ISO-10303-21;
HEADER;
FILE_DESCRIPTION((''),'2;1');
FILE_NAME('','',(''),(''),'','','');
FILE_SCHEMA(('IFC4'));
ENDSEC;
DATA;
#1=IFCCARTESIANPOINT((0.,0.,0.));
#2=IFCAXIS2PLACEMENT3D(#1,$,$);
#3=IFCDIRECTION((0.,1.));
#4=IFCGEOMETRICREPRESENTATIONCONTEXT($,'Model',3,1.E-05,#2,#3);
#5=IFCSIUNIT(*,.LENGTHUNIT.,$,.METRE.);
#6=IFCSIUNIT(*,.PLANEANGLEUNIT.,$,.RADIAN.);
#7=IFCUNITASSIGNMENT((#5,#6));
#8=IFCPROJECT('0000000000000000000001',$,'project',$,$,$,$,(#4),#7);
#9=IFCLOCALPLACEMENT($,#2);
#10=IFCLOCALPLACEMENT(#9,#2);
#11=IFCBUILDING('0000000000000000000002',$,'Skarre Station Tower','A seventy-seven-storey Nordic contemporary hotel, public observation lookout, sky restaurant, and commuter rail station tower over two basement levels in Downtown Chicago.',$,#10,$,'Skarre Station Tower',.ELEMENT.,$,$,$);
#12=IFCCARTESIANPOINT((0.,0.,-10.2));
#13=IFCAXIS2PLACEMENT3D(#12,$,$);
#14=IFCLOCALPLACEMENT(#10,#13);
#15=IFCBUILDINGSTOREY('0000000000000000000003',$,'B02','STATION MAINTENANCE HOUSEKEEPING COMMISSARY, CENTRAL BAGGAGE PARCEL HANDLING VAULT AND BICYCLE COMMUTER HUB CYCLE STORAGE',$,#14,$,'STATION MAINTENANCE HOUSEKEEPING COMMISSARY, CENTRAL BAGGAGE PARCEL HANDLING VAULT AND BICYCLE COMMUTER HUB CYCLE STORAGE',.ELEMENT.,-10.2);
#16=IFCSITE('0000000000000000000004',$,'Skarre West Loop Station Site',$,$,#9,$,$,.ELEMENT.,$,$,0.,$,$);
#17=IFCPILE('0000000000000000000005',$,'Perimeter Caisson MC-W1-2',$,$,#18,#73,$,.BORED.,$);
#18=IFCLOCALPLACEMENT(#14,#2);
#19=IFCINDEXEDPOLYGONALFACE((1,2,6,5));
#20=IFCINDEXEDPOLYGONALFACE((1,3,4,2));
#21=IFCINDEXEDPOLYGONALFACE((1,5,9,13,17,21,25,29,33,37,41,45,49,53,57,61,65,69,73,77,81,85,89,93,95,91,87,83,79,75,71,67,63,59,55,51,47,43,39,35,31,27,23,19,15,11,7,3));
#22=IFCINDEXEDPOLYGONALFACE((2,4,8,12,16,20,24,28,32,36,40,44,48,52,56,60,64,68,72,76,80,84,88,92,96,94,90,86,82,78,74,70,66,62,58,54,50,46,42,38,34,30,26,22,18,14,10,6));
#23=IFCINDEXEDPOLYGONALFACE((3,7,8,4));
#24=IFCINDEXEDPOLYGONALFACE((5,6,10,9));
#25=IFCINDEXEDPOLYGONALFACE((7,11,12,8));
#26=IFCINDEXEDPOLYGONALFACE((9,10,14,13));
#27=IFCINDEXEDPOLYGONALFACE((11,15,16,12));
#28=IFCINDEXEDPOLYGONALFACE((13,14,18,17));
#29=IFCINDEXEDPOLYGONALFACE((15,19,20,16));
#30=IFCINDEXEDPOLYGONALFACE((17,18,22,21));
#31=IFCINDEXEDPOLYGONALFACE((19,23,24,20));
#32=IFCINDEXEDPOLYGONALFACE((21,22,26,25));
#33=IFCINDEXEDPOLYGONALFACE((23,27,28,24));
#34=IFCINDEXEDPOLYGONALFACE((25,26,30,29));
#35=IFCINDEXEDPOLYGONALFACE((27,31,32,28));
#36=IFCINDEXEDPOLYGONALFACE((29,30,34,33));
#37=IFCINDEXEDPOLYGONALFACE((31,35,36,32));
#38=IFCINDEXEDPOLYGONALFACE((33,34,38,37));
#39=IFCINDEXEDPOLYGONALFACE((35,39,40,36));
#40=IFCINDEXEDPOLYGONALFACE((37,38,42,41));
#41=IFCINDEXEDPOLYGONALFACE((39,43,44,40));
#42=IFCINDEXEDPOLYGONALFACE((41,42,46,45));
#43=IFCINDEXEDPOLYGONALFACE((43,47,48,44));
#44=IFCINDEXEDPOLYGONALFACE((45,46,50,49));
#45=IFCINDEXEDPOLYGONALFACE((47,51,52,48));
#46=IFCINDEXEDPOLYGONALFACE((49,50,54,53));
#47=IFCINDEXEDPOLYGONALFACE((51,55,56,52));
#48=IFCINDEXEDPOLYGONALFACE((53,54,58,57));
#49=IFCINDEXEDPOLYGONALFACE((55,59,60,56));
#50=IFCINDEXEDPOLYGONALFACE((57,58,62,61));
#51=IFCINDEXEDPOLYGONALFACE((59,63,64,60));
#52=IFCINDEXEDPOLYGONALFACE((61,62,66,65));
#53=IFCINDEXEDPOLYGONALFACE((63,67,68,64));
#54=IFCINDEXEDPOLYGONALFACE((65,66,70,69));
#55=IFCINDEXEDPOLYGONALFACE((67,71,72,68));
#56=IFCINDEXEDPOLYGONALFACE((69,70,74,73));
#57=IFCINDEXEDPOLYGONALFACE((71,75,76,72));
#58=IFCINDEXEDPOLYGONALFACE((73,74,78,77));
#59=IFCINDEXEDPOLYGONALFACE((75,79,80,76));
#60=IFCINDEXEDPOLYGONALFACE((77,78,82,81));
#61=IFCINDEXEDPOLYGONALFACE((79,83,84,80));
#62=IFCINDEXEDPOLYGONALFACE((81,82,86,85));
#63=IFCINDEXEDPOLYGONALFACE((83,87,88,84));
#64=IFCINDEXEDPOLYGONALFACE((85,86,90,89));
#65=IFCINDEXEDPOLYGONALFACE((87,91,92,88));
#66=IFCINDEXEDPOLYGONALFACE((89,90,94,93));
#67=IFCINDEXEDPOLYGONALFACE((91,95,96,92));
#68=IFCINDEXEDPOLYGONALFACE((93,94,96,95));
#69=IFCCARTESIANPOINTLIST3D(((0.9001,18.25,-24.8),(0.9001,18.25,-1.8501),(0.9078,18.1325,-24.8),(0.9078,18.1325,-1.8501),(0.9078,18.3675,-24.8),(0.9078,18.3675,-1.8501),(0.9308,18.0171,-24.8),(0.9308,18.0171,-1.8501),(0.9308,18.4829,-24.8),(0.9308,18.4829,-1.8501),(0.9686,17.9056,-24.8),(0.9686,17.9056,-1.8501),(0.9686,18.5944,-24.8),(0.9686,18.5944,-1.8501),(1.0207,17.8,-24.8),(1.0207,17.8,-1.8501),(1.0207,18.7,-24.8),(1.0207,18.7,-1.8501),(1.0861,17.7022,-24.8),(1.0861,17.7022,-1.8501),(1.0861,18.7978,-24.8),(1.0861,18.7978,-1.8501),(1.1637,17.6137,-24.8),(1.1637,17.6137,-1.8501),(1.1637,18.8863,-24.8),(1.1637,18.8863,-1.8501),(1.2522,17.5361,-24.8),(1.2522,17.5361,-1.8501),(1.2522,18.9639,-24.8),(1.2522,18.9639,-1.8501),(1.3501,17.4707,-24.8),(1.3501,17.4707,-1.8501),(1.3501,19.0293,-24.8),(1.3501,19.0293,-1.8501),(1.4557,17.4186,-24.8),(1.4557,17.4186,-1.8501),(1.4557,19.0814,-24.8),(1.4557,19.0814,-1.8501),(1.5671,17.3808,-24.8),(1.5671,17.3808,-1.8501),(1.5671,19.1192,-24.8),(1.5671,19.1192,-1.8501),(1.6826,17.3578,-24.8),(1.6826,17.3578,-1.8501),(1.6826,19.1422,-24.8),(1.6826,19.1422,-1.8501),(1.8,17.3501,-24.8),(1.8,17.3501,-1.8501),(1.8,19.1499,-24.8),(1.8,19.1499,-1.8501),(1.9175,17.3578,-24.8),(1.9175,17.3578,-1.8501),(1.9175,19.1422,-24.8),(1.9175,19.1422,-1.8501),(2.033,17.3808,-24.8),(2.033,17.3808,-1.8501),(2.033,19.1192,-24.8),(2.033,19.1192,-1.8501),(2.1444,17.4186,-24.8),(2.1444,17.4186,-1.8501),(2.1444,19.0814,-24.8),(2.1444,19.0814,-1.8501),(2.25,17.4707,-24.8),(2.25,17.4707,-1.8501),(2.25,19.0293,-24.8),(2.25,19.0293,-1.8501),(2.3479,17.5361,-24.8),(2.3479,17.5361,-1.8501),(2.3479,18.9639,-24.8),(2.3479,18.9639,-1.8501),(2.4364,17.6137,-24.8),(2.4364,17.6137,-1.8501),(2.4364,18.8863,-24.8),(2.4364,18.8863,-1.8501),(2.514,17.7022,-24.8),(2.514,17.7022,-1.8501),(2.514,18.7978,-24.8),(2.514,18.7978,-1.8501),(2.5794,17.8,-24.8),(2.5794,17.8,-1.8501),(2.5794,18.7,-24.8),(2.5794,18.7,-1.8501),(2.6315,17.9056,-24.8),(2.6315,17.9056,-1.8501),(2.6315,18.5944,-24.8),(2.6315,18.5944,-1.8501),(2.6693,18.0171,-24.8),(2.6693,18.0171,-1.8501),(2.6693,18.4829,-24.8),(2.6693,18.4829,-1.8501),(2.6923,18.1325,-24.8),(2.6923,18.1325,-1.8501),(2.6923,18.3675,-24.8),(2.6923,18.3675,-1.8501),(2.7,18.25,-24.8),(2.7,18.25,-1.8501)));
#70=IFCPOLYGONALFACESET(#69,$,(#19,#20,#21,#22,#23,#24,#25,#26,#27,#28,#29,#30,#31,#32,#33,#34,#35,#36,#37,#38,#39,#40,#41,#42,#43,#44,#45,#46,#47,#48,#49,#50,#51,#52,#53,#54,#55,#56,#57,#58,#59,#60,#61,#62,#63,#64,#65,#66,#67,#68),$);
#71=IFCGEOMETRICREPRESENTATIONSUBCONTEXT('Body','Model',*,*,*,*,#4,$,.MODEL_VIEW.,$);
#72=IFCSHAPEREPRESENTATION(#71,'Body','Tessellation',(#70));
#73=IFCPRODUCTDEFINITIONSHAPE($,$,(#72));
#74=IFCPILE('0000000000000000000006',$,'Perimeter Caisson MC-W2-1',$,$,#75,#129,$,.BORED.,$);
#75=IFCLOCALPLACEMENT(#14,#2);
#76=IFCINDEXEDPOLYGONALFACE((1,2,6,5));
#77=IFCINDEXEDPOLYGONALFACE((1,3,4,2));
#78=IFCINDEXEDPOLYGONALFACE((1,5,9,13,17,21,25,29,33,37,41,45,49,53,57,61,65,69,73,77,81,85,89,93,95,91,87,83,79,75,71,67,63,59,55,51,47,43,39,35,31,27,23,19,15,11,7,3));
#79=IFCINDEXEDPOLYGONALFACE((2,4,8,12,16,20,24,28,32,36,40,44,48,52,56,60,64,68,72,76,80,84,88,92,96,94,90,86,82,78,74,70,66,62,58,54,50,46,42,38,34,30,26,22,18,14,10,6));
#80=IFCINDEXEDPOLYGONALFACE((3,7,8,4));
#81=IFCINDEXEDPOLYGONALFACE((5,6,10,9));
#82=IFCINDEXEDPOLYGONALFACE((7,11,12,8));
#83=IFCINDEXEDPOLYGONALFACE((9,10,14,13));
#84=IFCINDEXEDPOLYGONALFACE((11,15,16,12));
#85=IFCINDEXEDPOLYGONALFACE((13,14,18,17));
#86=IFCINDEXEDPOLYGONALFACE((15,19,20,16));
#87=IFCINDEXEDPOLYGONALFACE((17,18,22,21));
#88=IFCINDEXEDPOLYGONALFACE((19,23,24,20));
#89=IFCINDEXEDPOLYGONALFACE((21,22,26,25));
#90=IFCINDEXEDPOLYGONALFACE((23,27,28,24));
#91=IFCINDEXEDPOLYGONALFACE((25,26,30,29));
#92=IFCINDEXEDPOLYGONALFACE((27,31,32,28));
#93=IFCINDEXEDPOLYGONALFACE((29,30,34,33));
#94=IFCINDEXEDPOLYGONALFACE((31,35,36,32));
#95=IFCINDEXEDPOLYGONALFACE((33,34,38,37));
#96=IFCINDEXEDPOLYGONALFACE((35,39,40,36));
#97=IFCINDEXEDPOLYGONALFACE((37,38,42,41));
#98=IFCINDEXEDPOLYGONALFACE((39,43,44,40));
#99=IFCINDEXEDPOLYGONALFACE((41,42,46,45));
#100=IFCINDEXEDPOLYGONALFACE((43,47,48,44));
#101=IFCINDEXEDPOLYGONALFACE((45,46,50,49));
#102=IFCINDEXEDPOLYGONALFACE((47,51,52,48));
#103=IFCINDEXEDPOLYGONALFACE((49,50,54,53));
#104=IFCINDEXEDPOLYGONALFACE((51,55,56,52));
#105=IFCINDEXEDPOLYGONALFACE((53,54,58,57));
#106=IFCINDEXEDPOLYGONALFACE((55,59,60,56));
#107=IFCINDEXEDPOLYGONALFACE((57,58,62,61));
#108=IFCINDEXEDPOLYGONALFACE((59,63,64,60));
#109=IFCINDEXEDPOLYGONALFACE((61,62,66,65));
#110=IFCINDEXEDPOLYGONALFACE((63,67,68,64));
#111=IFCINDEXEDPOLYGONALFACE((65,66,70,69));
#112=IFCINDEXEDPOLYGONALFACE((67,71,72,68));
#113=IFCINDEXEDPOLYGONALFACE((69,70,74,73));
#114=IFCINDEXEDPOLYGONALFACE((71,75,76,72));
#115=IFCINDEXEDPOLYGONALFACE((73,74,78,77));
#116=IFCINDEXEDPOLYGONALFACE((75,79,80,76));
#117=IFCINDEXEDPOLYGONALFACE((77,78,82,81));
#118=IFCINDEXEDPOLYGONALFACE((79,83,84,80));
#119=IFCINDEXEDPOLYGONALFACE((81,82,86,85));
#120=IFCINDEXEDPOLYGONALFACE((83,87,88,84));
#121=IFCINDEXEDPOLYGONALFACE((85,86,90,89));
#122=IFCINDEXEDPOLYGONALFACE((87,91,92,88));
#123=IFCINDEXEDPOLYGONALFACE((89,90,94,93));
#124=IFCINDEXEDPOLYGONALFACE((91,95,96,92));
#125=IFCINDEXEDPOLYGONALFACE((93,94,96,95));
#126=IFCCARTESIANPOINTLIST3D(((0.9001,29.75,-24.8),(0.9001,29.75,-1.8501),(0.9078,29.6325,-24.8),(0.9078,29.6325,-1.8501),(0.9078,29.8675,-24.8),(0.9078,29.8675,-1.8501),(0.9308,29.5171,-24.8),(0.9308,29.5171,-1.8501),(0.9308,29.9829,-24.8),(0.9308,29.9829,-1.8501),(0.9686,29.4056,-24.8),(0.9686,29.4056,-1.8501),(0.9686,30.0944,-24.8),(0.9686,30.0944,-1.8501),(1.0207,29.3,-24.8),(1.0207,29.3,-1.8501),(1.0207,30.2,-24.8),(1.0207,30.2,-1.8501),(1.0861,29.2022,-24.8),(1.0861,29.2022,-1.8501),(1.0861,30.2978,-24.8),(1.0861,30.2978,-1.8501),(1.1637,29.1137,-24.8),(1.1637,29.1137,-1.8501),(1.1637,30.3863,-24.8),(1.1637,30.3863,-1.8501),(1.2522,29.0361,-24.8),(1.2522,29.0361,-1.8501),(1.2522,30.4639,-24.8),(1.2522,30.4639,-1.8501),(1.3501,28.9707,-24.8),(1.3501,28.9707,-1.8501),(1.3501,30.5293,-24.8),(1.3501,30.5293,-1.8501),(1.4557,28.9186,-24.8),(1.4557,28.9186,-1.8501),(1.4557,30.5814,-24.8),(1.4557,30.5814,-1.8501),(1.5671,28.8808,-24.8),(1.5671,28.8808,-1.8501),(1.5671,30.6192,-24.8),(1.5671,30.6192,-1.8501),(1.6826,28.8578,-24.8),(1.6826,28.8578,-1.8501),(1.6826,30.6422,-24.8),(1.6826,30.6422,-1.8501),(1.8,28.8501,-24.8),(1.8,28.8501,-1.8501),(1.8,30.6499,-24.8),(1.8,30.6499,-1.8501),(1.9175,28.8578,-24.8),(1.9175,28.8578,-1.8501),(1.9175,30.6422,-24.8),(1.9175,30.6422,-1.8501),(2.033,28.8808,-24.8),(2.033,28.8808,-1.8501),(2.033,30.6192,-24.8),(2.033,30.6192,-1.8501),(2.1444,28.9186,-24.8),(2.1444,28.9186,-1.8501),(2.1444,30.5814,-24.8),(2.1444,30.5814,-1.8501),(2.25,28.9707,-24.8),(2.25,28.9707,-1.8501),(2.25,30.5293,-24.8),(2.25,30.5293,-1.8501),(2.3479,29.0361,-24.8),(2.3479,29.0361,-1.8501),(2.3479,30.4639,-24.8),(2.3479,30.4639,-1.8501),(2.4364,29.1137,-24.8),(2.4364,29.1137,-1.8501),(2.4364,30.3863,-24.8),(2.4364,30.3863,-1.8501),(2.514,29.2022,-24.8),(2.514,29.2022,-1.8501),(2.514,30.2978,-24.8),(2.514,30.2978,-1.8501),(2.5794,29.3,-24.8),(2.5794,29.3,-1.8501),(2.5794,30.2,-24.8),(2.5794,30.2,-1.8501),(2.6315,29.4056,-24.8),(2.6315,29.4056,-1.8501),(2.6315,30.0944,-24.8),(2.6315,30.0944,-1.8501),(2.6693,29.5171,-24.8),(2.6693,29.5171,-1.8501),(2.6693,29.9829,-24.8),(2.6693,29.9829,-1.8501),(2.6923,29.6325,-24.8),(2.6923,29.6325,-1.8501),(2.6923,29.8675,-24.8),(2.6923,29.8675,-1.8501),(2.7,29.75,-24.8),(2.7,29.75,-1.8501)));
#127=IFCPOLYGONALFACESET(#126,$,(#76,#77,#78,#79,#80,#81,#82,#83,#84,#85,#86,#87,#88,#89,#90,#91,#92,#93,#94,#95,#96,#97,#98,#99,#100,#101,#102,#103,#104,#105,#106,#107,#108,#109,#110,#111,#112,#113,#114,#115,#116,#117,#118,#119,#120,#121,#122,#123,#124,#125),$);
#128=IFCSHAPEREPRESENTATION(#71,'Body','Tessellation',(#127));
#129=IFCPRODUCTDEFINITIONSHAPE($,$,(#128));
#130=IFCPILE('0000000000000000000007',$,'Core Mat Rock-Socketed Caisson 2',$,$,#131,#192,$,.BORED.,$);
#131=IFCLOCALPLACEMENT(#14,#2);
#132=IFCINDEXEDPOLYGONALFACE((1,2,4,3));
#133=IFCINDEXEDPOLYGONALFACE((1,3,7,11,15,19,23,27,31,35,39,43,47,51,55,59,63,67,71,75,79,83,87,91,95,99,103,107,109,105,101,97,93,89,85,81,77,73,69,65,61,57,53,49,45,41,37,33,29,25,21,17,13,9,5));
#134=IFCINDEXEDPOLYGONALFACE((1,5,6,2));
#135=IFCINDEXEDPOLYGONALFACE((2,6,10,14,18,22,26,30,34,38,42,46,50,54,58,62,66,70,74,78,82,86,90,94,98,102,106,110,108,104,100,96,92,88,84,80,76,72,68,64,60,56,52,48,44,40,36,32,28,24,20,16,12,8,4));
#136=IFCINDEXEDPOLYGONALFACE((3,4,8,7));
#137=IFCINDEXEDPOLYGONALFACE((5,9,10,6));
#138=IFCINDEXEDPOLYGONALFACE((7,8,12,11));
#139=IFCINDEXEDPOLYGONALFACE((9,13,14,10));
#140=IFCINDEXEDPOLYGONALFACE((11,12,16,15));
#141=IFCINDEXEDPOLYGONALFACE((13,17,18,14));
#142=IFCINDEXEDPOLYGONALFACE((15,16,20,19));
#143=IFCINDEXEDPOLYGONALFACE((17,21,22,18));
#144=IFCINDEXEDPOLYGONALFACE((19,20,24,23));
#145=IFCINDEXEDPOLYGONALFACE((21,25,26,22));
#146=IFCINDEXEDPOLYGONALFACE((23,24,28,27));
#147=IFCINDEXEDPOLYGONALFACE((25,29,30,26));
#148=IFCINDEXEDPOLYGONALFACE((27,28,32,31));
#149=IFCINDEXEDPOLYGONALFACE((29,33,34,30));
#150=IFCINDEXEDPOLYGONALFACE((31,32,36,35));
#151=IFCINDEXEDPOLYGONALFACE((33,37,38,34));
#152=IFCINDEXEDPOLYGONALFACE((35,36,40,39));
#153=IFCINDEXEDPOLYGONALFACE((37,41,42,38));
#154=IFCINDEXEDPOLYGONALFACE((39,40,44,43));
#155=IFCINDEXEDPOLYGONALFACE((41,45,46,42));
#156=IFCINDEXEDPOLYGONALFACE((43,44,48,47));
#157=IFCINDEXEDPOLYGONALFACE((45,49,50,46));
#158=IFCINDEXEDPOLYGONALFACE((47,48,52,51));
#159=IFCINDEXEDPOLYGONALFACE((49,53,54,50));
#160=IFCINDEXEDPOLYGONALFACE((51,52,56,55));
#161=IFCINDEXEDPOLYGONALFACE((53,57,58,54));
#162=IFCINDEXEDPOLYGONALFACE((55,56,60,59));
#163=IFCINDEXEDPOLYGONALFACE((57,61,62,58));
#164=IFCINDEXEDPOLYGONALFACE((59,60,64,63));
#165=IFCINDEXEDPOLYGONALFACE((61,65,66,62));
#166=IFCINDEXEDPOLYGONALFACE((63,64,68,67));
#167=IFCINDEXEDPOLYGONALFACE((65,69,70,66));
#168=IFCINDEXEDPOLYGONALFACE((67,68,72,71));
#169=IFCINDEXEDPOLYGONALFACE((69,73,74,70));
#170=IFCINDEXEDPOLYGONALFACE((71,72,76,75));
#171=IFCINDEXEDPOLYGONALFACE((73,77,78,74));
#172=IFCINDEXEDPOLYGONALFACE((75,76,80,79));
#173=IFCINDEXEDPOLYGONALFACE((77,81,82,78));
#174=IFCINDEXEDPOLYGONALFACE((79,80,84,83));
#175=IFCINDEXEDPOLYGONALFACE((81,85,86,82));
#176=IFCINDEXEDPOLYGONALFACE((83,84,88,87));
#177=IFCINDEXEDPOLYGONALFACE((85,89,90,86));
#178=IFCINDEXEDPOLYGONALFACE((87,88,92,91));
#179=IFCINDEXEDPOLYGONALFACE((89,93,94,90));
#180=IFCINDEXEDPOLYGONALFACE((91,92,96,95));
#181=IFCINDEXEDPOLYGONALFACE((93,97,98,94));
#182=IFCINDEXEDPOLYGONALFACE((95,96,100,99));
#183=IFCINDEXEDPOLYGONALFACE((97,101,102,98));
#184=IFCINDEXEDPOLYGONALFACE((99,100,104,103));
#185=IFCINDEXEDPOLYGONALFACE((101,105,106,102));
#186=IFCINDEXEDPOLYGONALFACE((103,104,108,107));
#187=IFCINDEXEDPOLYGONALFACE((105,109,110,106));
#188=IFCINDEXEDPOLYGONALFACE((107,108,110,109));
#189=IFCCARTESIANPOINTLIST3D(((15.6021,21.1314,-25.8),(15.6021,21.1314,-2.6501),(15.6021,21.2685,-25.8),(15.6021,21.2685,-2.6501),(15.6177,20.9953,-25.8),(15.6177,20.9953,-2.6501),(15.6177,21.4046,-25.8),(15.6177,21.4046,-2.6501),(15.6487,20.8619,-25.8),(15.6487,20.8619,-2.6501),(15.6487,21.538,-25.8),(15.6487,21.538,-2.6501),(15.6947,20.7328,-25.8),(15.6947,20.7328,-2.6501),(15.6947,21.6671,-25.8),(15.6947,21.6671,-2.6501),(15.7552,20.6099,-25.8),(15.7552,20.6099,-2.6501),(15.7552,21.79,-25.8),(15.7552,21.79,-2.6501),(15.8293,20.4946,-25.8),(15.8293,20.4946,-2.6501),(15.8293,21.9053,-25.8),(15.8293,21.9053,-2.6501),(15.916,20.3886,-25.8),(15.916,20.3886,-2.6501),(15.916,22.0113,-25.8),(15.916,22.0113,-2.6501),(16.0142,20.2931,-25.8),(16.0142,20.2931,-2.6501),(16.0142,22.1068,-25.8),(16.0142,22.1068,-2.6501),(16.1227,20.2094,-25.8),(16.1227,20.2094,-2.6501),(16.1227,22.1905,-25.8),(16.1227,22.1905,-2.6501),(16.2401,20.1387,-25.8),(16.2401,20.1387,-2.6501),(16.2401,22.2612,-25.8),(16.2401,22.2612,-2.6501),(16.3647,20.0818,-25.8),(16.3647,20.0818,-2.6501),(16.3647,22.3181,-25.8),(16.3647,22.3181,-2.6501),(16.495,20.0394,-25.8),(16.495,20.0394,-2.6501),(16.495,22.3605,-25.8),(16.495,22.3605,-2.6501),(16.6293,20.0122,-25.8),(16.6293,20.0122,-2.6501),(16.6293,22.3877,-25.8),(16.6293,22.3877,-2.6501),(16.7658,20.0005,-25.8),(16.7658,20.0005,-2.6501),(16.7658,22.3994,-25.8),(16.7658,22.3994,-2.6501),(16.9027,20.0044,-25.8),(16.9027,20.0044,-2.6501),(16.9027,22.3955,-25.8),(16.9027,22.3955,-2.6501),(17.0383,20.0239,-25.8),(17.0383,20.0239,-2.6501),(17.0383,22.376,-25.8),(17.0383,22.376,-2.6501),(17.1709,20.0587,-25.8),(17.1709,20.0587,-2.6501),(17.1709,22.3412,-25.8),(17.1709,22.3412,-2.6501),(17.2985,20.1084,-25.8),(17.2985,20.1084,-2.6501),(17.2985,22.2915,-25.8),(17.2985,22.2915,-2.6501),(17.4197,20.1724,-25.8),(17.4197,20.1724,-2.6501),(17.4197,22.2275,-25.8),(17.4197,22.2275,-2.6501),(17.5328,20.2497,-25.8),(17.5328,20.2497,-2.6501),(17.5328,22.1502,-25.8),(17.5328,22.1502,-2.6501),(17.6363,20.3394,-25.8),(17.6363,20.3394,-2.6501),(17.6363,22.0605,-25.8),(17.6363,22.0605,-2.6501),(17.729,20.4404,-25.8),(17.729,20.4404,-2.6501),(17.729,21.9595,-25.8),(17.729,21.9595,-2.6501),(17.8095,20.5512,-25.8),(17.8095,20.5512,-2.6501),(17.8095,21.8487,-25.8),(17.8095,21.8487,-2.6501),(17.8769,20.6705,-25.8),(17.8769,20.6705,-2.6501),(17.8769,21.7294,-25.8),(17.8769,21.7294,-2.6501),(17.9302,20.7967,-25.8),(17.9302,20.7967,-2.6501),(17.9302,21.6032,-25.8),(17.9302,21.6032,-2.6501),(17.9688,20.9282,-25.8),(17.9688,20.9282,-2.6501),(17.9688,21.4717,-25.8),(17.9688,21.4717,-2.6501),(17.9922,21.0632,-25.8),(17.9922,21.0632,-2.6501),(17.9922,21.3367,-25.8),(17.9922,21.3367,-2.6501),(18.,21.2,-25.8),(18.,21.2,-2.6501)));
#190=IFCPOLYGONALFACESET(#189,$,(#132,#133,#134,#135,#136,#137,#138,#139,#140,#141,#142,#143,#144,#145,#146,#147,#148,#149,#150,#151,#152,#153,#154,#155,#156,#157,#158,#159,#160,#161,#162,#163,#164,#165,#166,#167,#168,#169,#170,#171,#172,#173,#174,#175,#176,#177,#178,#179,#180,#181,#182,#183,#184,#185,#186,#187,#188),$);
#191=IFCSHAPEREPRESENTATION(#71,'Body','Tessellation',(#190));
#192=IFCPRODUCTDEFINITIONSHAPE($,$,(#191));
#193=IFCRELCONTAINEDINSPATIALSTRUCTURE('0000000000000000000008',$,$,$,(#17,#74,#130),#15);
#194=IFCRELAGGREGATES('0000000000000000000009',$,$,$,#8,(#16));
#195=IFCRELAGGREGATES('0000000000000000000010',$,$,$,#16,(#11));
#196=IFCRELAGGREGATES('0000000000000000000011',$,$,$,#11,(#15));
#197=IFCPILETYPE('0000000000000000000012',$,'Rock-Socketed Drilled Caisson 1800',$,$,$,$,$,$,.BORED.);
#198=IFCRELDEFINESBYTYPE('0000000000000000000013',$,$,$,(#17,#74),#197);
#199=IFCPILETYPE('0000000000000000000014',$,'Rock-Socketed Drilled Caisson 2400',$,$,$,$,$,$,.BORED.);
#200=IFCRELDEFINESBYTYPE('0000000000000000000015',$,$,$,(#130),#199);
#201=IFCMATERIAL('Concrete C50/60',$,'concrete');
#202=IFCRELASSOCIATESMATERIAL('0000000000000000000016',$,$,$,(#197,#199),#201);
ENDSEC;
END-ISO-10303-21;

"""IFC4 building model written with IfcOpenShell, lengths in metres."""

from ifc_helpers import new_model, si_unit, direction, frame, origin, origin_2d, place, context, subcontext, project, spatial, circle, extrude, material, material_profile, profile_set, type_object, element, save


model = new_model("IFC4")

# Units and contexts
model_context = context("Model", 3, precision=1e-05, world=origin(), true_north=direction((0.0, 1.0)))
body_context = subcontext(model_context, "Body", "Model", "MODEL_VIEW")
ifc_project = project(units=[si_unit("LENGTHUNIT", "METRE"), si_unit("PLANEANGLEUNIT", "RADIAN")], contexts=[model_context])

# Site, building, storey
site_placement = place(None, origin())
site = spatial("IfcSite", under=ifc_project, at=site_placement, Name="Skarre West Loop Station Site", CompositionType="ELEMENT", RefElevation=0.0)
building_placement = place(site_placement, origin())
building = spatial("IfcBuilding", under=site, at=building_placement, Name="Skarre Station Tower", Description="A seventy-seven-storey Nordic contemporary hotel, public observation lookout, sky restaurant, and commuter rail station tower over two basement levels in Downtown Chicago.", LongName="Skarre Station Tower", CompositionType="ELEMENT")
storey_placement = place(building_placement, frame((0.0, 0.0, -10.2)))
storey = spatial("IfcBuildingStorey", under=building, at=storey_placement, Name="B02", Description="STATION MAINTENANCE HOUSEKEEPING COMMISSARY, CENTRAL BAGGAGE PARCEL HANDLING VAULT AND BICYCLE COMMUTER HUB CYCLE STORAGE", LongName="STATION MAINTENANCE HOUSEKEEPING COMMISSARY, CENTRAL BAGGAGE PARCEL HANDLING VAULT AND BICYCLE COMMUTER HUB CYCLE STORAGE", CompositionType="ELEMENT", Elevation=-10.2)

# Shared definitions
ifc_material_1 = material(Name="Concrete C50/60", Category="concrete")

# Piles
ifc_material_profile_1 = material_profile(ifc_material_1, circle(Radius=0.8999, at=origin_2d()), Name="Concrete C50/60")
ifc_profile_set_1 = profile_set([ifc_material_profile_1], Name="Concrete C50/60")
pile_type_1 = type_object("IfcPileType", Name="Rock-Socketed Drilled Caisson 1800", PredefinedType="BORED", material=ifc_profile_set_1)
for number, where, z_axis, x_axis, name in (
    (1, (1.8, 18.25, -1.8501), (0.0, 0.0, -1.0), (1.0, 0.0, 0.0), "Perimeter Caisson MC-W1-2"),
    (2, (1.8, 29.75, -1.8501), (0.0, 0.0, -1.0), (1.0, 0.0, 0.0), "Perimeter Caisson MC-W2-1"),
):
    element("IfcPile", number, at=place(storey_placement, frame(where, z_axis=z_axis, x_axis=x_axis)), inside=storey, type_object=pile_type_1, Name=name, PredefinedType="BORED", context=body_context, shape_type="SweptSolid", body=[
        extrude(circle(Radius=0.8999, at=origin_2d()), origin(), (0.0, 0.0, 1.0), 22.95),
    ])
ifc_material_profile_2 = material_profile(ifc_material_1, circle(Radius=1.2, at=origin_2d()), Name="Concrete C50/60")
ifc_profile_set_2 = profile_set([ifc_material_profile_2], Name="Concrete C50/60")
pile_type_2 = type_object("IfcPileType", Name="Rock-Socketed Drilled Caisson 2400", PredefinedType="BORED", material=ifc_profile_set_2)
for number, where, z_axis, x_axis, name in (
    (3, (16.8, 21.2, -2.6501), (0.0, 0.0, -1.0), (1.0, 0.0, 0.0), "Core Mat Rock-Socketed Caisson 2"),
):
    element("IfcPile", number, at=place(storey_placement, frame(where, z_axis=z_axis, x_axis=x_axis)), inside=storey, type_object=pile_type_2, Name=name, PredefinedType="BORED", context=body_context, shape_type="SweptSolid", body=[
        extrude(circle(Radius=1.2, at=origin_2d()), origin(), (0.0, 0.0, 1.0), 23.1499),
    ])

save(model, "model.ifc")
